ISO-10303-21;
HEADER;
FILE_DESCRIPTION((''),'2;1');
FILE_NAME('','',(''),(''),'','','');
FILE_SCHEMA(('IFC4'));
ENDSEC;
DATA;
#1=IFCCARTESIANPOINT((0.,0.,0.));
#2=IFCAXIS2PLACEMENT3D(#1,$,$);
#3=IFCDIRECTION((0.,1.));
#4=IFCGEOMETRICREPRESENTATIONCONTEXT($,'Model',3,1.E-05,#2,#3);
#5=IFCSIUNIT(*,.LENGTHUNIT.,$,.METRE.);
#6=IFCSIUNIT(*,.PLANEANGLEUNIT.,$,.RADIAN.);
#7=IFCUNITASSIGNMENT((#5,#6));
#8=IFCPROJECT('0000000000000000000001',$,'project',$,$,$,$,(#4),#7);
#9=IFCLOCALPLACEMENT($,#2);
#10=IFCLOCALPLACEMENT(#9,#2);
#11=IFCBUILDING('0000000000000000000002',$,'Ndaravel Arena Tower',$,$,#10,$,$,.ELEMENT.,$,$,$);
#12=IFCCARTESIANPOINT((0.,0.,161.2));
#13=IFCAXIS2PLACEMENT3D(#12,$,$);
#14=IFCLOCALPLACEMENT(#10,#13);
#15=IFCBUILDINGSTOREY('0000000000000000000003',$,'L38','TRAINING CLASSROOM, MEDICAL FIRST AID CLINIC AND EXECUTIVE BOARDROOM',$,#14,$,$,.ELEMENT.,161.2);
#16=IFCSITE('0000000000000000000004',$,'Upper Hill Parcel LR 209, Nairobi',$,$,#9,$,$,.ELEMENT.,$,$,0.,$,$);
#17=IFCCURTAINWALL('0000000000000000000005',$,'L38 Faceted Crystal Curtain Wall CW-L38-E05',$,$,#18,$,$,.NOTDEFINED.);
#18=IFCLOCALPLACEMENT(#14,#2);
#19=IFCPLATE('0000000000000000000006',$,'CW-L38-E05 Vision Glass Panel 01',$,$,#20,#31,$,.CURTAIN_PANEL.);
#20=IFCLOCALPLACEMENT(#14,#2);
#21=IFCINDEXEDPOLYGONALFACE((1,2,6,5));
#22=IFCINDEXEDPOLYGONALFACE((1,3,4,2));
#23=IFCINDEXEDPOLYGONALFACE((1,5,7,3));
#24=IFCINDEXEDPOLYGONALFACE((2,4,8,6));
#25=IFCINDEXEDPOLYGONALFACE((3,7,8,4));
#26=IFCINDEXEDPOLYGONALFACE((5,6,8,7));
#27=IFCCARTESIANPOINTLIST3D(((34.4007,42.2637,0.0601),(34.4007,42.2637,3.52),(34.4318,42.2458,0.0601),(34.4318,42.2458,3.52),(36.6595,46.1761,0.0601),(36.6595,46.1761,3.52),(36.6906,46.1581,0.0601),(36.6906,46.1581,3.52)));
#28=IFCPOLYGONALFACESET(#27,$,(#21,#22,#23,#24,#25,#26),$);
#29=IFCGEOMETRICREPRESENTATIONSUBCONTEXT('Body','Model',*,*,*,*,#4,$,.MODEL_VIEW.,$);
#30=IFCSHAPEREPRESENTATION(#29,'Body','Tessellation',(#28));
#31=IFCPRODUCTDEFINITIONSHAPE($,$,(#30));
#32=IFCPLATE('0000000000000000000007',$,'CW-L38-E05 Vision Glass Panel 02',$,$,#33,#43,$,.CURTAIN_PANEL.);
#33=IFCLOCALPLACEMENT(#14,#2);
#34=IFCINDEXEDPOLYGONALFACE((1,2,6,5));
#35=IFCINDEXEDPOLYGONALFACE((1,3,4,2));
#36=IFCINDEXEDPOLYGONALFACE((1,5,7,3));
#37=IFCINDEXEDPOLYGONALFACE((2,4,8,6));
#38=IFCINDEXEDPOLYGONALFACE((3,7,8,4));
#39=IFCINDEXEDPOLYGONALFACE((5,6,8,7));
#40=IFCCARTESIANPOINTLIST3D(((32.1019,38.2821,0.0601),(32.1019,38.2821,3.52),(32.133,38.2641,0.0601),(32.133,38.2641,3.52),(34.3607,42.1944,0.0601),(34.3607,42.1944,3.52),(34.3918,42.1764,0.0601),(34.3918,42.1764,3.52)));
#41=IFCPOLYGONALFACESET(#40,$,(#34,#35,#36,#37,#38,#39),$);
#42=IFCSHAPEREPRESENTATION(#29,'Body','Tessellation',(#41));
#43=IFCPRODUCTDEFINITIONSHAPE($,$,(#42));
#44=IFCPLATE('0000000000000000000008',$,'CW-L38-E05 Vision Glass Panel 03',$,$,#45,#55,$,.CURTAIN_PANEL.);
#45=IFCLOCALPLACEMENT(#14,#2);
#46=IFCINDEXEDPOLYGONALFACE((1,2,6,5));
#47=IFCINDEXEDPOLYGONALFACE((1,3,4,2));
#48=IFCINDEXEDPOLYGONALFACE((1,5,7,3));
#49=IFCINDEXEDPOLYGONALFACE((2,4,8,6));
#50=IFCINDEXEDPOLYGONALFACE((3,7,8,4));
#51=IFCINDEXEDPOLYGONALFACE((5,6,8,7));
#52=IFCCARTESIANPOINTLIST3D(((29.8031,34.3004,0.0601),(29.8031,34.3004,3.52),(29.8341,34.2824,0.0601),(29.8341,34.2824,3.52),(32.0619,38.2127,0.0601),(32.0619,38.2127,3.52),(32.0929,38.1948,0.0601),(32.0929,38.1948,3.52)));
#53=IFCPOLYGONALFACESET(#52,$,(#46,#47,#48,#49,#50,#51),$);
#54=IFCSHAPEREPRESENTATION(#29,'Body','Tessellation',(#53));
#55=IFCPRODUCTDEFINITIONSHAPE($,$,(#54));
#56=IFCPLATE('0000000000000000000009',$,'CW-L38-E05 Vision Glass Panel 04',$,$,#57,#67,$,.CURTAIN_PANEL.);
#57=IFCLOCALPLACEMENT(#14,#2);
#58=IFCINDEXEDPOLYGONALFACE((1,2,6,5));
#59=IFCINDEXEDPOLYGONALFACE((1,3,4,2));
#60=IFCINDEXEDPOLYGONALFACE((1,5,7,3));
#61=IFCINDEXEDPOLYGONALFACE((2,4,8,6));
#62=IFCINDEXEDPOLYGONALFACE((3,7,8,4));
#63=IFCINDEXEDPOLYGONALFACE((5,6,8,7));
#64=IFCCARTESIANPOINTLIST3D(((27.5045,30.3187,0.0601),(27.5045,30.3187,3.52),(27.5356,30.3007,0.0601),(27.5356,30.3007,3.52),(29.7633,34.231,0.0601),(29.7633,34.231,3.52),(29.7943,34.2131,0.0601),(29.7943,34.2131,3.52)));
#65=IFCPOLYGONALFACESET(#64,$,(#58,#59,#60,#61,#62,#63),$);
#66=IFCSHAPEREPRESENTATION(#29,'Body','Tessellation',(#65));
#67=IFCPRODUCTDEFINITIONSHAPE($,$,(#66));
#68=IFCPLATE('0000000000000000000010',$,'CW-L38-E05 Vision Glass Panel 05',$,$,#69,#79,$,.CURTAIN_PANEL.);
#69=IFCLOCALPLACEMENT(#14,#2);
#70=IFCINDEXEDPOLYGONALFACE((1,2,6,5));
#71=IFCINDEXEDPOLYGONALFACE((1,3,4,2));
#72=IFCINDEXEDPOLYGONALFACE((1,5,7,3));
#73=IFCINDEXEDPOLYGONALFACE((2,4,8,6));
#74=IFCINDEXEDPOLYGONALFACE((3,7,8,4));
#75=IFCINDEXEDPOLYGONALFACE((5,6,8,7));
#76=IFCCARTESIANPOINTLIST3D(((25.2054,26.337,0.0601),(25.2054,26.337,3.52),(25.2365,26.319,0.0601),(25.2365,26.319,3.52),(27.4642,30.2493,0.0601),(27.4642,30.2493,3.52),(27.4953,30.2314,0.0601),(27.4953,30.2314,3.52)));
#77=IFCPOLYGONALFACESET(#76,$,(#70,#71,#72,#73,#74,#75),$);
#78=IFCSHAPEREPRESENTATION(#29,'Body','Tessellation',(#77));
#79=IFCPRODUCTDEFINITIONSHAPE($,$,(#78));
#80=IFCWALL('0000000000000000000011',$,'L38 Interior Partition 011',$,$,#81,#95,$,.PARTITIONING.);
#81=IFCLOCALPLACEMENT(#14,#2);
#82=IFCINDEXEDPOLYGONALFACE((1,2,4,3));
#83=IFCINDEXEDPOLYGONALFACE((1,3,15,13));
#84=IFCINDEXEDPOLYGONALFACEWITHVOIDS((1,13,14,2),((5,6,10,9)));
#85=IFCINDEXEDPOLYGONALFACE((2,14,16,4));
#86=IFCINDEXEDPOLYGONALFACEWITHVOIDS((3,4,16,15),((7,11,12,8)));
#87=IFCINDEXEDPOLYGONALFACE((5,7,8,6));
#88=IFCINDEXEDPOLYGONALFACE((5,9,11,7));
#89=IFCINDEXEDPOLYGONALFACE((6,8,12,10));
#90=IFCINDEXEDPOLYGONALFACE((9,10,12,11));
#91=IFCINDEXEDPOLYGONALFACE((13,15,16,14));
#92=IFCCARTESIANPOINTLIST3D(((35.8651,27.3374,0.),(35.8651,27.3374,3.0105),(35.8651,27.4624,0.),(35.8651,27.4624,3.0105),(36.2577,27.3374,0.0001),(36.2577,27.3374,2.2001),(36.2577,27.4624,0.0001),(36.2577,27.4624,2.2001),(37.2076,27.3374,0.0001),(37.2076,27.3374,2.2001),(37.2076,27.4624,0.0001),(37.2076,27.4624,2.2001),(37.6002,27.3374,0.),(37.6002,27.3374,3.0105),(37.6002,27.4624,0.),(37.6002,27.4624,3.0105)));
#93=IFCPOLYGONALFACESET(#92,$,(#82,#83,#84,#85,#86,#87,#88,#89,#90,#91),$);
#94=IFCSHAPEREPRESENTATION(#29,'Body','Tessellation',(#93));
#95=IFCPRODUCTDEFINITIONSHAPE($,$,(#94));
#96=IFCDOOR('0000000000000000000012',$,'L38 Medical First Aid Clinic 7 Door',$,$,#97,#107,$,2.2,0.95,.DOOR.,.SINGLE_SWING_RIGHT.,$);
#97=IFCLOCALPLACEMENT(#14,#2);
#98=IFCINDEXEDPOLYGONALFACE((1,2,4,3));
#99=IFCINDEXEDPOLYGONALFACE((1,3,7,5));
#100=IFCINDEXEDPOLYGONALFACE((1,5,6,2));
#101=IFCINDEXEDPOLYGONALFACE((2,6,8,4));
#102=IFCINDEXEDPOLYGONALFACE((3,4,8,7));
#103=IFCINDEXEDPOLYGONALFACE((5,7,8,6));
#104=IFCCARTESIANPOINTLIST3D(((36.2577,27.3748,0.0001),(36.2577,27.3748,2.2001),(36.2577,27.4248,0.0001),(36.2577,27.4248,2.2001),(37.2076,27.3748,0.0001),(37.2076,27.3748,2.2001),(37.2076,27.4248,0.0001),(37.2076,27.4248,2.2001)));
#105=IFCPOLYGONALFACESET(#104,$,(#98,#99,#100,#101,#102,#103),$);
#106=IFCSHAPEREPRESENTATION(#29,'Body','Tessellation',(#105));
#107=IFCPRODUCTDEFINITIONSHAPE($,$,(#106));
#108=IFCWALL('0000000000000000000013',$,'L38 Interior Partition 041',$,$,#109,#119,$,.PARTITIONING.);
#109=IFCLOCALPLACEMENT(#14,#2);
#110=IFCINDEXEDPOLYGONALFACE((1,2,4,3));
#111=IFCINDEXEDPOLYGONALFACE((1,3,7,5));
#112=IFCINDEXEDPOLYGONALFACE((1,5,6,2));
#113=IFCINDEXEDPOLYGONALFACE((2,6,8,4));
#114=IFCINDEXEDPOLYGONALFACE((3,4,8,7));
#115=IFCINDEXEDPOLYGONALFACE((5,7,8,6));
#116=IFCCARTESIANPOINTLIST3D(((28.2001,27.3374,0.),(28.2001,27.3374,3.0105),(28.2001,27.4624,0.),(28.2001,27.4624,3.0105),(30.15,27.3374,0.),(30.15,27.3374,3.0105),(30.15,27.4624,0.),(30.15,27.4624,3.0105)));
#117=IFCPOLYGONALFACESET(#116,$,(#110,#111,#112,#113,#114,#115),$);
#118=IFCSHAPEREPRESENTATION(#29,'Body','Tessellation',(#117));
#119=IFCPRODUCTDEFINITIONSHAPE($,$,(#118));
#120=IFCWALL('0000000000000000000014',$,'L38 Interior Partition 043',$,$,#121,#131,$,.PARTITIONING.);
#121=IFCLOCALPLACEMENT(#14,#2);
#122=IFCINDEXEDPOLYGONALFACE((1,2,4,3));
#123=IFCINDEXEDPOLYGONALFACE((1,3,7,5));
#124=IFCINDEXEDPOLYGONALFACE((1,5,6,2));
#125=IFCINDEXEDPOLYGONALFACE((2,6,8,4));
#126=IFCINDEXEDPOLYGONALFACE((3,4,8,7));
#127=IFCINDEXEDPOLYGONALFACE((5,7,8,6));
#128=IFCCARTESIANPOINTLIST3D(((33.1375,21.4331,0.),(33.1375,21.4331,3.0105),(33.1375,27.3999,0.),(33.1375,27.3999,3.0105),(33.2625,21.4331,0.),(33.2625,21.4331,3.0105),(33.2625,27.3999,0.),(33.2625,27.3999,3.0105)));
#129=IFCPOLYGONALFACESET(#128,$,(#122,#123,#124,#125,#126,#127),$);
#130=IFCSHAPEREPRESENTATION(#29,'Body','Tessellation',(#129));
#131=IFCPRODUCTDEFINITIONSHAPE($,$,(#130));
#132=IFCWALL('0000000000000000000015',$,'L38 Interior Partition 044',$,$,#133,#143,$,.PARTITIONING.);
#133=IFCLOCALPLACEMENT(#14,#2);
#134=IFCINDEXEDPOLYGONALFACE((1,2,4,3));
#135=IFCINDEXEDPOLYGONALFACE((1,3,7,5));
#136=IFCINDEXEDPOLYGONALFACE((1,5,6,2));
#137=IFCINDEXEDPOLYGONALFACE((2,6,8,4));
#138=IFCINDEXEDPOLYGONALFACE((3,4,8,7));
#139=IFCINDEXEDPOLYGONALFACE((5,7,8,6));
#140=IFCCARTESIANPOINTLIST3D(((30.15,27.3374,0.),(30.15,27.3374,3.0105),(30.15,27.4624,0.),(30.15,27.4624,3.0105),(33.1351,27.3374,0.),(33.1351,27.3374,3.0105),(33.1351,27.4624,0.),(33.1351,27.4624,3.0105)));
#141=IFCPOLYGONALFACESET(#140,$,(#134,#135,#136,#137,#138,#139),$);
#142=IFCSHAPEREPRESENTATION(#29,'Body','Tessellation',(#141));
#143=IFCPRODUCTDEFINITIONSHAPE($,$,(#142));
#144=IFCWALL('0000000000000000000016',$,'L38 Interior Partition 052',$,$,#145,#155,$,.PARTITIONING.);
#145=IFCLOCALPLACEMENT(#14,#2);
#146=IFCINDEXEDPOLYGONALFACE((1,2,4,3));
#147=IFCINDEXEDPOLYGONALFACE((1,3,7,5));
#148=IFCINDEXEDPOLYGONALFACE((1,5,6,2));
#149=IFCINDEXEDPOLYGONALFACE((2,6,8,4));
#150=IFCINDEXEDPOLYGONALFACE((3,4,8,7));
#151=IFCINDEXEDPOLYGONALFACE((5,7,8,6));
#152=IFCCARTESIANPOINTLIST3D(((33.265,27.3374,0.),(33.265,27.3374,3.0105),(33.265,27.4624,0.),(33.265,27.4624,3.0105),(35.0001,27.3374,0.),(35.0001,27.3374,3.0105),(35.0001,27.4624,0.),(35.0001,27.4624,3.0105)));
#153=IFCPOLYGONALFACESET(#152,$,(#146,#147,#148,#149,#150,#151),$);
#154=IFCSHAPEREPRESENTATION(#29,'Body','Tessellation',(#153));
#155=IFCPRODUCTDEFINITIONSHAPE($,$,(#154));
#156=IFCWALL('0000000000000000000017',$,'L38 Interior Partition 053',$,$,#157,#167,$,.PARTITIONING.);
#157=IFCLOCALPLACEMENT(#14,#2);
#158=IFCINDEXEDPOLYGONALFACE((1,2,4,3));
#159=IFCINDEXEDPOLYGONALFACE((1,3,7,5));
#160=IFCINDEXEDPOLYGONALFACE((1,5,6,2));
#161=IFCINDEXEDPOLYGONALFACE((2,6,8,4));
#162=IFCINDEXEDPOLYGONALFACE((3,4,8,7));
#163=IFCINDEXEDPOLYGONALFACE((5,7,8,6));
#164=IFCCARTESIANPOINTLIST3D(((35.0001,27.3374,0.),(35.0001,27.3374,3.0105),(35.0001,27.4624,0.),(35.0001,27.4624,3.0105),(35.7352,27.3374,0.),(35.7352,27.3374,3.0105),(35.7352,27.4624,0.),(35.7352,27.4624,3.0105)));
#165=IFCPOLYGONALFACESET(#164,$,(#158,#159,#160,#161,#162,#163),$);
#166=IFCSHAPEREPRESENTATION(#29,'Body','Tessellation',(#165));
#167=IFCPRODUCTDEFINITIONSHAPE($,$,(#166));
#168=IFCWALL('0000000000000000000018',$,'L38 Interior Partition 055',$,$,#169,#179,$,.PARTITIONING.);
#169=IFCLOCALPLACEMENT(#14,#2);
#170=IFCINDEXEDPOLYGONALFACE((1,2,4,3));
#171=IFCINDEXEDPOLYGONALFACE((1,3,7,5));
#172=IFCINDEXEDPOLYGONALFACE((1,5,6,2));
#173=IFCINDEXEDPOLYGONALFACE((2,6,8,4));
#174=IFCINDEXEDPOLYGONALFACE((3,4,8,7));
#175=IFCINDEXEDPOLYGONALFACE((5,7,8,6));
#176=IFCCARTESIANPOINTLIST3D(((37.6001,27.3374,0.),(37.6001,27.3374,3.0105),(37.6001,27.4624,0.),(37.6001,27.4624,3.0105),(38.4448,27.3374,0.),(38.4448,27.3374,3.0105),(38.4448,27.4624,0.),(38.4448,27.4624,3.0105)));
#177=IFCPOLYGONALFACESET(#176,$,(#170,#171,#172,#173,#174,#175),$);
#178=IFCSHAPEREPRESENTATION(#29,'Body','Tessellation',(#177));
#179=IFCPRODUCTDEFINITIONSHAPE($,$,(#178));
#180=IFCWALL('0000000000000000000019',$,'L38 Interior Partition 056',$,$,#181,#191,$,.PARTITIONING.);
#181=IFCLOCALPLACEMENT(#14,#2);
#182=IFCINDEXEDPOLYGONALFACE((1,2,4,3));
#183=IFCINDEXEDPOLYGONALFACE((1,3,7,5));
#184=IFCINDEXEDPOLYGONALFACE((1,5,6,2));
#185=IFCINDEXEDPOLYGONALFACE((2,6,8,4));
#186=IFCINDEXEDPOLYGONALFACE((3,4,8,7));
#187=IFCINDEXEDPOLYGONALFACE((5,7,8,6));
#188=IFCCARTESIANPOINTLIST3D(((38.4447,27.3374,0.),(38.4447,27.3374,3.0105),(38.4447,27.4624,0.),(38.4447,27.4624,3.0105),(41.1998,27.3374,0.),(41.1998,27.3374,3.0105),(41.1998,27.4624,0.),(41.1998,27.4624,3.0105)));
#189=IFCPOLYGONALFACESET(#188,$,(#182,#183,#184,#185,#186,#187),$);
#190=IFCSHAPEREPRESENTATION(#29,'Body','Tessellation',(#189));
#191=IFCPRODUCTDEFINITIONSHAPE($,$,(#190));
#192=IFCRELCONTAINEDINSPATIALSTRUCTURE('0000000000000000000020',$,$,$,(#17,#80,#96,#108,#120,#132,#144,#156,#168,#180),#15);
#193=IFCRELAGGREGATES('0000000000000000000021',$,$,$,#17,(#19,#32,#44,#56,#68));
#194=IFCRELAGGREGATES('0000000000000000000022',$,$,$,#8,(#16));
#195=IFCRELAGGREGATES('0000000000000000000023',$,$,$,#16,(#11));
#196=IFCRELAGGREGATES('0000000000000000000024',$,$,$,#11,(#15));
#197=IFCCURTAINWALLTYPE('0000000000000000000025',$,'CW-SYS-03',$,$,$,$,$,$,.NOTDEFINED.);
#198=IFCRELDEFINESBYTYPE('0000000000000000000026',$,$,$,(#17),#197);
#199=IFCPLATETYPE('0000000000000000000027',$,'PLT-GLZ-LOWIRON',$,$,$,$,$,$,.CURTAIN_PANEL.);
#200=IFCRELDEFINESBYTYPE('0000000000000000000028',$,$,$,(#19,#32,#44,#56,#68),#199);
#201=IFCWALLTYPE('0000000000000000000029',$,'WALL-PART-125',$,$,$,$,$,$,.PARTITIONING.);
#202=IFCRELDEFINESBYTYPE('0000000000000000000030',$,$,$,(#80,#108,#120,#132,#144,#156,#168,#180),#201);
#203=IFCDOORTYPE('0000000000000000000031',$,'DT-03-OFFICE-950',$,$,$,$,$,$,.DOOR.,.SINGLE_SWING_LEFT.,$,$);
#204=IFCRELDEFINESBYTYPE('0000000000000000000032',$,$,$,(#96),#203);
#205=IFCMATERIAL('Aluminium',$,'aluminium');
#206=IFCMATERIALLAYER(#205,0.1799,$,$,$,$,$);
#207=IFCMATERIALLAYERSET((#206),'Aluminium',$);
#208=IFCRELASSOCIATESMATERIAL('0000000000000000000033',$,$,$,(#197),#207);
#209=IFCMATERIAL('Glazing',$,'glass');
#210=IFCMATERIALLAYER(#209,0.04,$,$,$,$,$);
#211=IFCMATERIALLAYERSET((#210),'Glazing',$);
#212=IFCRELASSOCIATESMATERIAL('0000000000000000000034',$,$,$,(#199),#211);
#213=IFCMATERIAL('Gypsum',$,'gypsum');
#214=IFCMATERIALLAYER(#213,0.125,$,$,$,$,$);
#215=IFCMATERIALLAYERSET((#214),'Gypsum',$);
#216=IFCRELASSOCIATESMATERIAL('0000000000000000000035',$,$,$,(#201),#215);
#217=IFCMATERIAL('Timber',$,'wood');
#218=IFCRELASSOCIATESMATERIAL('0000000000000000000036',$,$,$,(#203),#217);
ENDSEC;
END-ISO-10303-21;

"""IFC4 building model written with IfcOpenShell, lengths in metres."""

from ifc_helpers import new_model, si_unit, direction, frame, frame_2d, origin, origin_2d, place, context, subcontext, project, spatial, rectangle, extrude, material, layer, layer_set, type_object, element, fill, aggregate, save


model = new_model("IFC4")

# Units and contexts
model_context = context("Model", 3, precision=1e-05, world=origin(), true_north=direction((0.0, 1.0)))
body_context = subcontext(model_context, "Body", "Model", "MODEL_VIEW")
ifc_project = project(units=[si_unit("LENGTHUNIT", "METRE"), si_unit("PLANEANGLEUNIT", "RADIAN")], contexts=[model_context])

# Site, building, storey
site_placement = place(None, origin())
site = spatial("IfcSite", under=ifc_project, at=site_placement, Name="Upper Hill Parcel LR 209, Nairobi", CompositionType="ELEMENT", RefElevation=0.0)
building_placement = place(site_placement, origin())
building = spatial("IfcBuilding", under=site, at=building_placement, Name="Ndaravel Arena Tower", CompositionType="ELEMENT")
storey_placement = place(building_placement, frame((0.0, 0.0, 161.2)))
storey = spatial("IfcBuildingStorey", under=building, at=storey_placement, Name="L38", Description="TRAINING CLASSROOM, MEDICAL FIRST AID CLINIC AND EXECUTIVE BOARDROOM", CompositionType="ELEMENT", Elevation=161.2)

# Curtain wall
ifc_material_1 = material(Name="Aluminium", Category="aluminium")
ifc_layer_1 = layer(ifc_material_1, 0.1799)
ifc_layer_set_1 = layer_set([ifc_layer_1], Name="Aluminium")
curtain_wall_type_1 = type_object("IfcCurtainWallType", Name="CW-SYS-03", PredefinedType="NOTDEFINED", material=ifc_layer_set_1)
curtain_wall_1_placement = place(storey_placement, origin())
curtain_wall_1 = element("IfcCurtainWall", 1, at=curtain_wall_1_placement, inside=storey, type_object=curtain_wall_type_1, Name="L38 Faceted Crystal Curtain Wall CW-L38-E05", PredefinedType="NOTDEFINED")

# Plates
ifc_material_2 = material(Name="Glazing", Category="glass")
ifc_layer_2 = layer(ifc_material_2, 0.04)
ifc_layer_set_2 = layer_set([ifc_layer_2], Name="Glazing")
plate_type_1 = type_object("IfcPlateType", Name="PLT-GLZ-LOWIRON", PredefinedType="CURTAIN_PANEL", material=ifc_layer_set_2)
plate_1_placement = place(storey_placement, frame((35.5457, 44.2109, 0.0601), z_axis=(0.0, 0.0, 1.0), x_axis=(-0.5, -0.866025, 0.0)))
plate_1 = element("IfcPlate", 2, at=plate_1_placement, type_object=plate_type_1, Name="CW-L38-E05 Vision Glass Panel 01", PredefinedType="CURTAIN_PANEL", context=body_context, shape_type="SweptSolid", body=[
    extrude(rectangle(XDim=4.5176, YDim=0.0359, at=origin_2d()), origin(), (0.0, 0.0, 1.0), 3.46),
])
plate_2_placement = place(storey_placement, frame((33.2468, 40.2292, 0.0601), z_axis=(0.0, 0.0, 1.0), x_axis=(-0.5, -0.866025, 0.0)))
plate_2 = element("IfcPlate", 3, at=plate_2_placement, type_object=plate_type_1, Name="CW-L38-E05 Vision Glass Panel 02", PredefinedType="CURTAIN_PANEL", context=body_context, shape_type="SweptSolid", body=[
    extrude(rectangle(XDim=4.5176, YDim=0.0359, at=origin_2d()), origin(), (0.0, 0.0, 1.0), 3.46),
])
plate_3_placement = place(storey_placement, frame((30.948, 36.2476, 0.0601), z_axis=(0.0, 0.0, 1.0), x_axis=(-0.5, -0.866025, 0.0)))
plate_3 = element("IfcPlate", 4, at=plate_3_placement, type_object=plate_type_1, Name="CW-L38-E05 Vision Glass Panel 03", PredefinedType="CURTAIN_PANEL", context=body_context, shape_type="SweptSolid", body=[
    extrude(rectangle(XDim=4.5176, YDim=0.0359, at=origin_2d()), origin(), (0.0, 0.0, 1.0), 3.46),
])
plate_4_placement = place(storey_placement, frame((28.6494, 32.2659, 0.0601), z_axis=(0.0, 0.0, 1.0), x_axis=(-0.5, -0.866025, 0.0)))
plate_4 = element("IfcPlate", 5, at=plate_4_placement, type_object=plate_type_1, Name="CW-L38-E05 Vision Glass Panel 04", PredefinedType="CURTAIN_PANEL", context=body_context, shape_type="SweptSolid", body=[
    extrude(rectangle(XDim=4.5176, YDim=0.0359, at=origin_2d()), origin(), (0.0, 0.0, 1.0), 3.46),
])
plate_5_placement = place(storey_placement, frame((26.3503, 28.2842, 0.0601), z_axis=(0.0, 0.0, 1.0), x_axis=(-0.5, -0.866025, 0.0)))
plate_5 = element("IfcPlate", 6, at=plate_5_placement, type_object=plate_type_1, Name="CW-L38-E05 Vision Glass Panel 05", PredefinedType="CURTAIN_PANEL", context=body_context, shape_type="SweptSolid", body=[
    extrude(rectangle(XDim=4.5176, YDim=0.0359, at=origin_2d()), origin(), (0.0, 0.0, 1.0), 3.46),
])
aggregate(curtain_wall_1, [plate_1, plate_2, plate_3, plate_4, plate_5])

# Wall, opening, door
ifc_material_3 = material(Name="Gypsum", Category="gypsum")
ifc_layer_3 = layer(ifc_material_3, 0.125)
ifc_layer_set_3 = layer_set([ifc_layer_3], Name="Gypsum")
wall_type = type_object("IfcWallType", Name="WALL-PART-125", PredefinedType="PARTITIONING", material=ifc_layer_set_3)
wall_1_placement = place(storey_placement, frame((35.865, 27.3999, 0.0), z_axis=(0.0, 0.0, 1.0), x_axis=(1.0, 0.0, 0.0)))
wall_1 = element("IfcWall", 7, at=wall_1_placement, inside=storey, type_object=wall_type, Name="L38 Interior Partition 011", PredefinedType="PARTITIONING", context=body_context, shape_type="SweptSolid", body=[
    extrude(rectangle(XDim=1.7351, YDim=0.125, at=frame_2d((0.8677, 0.0))), origin(), (0.0, 0.0, 1.0), 3.0105),
])
opening_placement = place(wall_1_placement, frame((0.3926, 0.0, 0.0)))
opening = element("IfcOpeningElement", 8, at=opening_placement, cuts=wall_1, PredefinedType="OPENING", context=body_context, shape_type="SweptSolid", body=[
    extrude(rectangle(XDim=0.95, YDim=2.2, at=frame_2d((0.4751, 1.1001))), frame((0.0, 0.0625, 0.0), z_axis=(0.0, -1.0, 0.0), x_axis=(1.0, 0.0, 0.0)), (0.0, 0.0, 1.0), 0.125),
])
ifc_material_4 = material(Name="Timber", Category="wood")
door_type = type_object("IfcDoorType", Name="DT-03-OFFICE-950", OperationType="SINGLE_SWING_LEFT", PredefinedType="DOOR", material=ifc_material_4)
door_placement = place(opening_placement, origin())
door = element("IfcDoor", 9, at=door_placement, inside=storey, type_object=door_type, Name="L38 Medical First Aid Clinic 7 Door", OperationType="SINGLE_SWING_RIGHT", OverallHeight=2.2, OverallWidth=0.95, PredefinedType="DOOR", context=body_context, shape_type="SweptSolid", body=[
    extrude(rectangle(XDim=0.95, YDim=2.2, at=frame_2d((0.4751, 1.1001))), frame((0.0, 0.0249, 0.0), z_axis=(0.0, -1.0, 0.0), x_axis=(1.0, 0.0, 0.0)), (0.0, 0.0, 1.0), 0.05),
])
fill(opening, door)

# Walls
wall_2_placement = place(storey_placement, frame((28.2, 27.3999, 0.0), z_axis=(0.0, 0.0, 1.0), x_axis=(1.0, 0.0, 0.0)))
element("IfcWall", 10, at=wall_2_placement, inside=storey, type_object=wall_type, Name="L38 Interior Partition 041", PredefinedType="PARTITIONING", context=body_context, shape_type="SweptSolid", body=[
    extrude(rectangle(XDim=1.95, YDim=0.125, at=frame_2d((0.9751, 0.0))), origin(), (0.0, 0.0, 1.0), 3.0105),
])
wall_3_placement = place(storey_placement, frame((33.2, 27.3999, 0.0), z_axis=(0.0, 0.0, 1.0), x_axis=(0.0, -1.0, 0.0)))
element("IfcWall", 11, at=wall_3_placement, inside=storey, type_object=wall_type, Name="L38 Interior Partition 043", PredefinedType="PARTITIONING", context=body_context, shape_type="SweptSolid", body=[
    extrude(rectangle(XDim=5.9668, YDim=0.125, at=frame_2d((2.9834, 0.0))), origin(), (0.0, 0.0, 1.0), 3.0105),
])
wall_4_placement = place(storey_placement, frame((30.1499, 27.3999, 0.0), z_axis=(0.0, 0.0, 1.0), x_axis=(1.0, 0.0, 0.0)))
element("IfcWall", 12, at=wall_4_placement, inside=storey, type_object=wall_type, Name="L38 Interior Partition 044", PredefinedType="PARTITIONING", context=body_context, shape_type="SweptSolid", body=[
    extrude(rectangle(XDim=2.9851, YDim=0.125, at=frame_2d((1.4927, 0.0))), origin(), (0.0, 0.0, 1.0), 3.0105),
])
wall_5_placement = place(storey_placement, frame((33.2649, 27.3999, 0.0), z_axis=(0.0, 0.0, 1.0), x_axis=(1.0, 0.0, 0.0)))
element("IfcWall", 13, at=wall_5_placement, inside=storey, type_object=wall_type, Name="L38 Interior Partition 052", PredefinedType="PARTITIONING", context=body_context, shape_type="SweptSolid", body=[
    extrude(rectangle(XDim=1.7351, YDim=0.125, at=frame_2d((0.8677, 0.0))), origin(), (0.0, 0.0, 1.0), 3.0105),
])
wall_6_placement = place(storey_placement, frame((35.0, 27.3999, 0.0), z_axis=(0.0, 0.0, 1.0), x_axis=(1.0, 0.0, 0.0)))
element("IfcWall", 14, at=wall_6_placement, inside=storey, type_object=wall_type, Name="L38 Interior Partition 053", PredefinedType="PARTITIONING", context=body_context, shape_type="SweptSolid", body=[
    extrude(rectangle(XDim=0.7351, YDim=0.125, at=frame_2d((0.3677, 0.0))), origin(), (0.0, 0.0, 1.0), 3.0105),
])
wall_7_placement = place(storey_placement, frame((37.6001, 27.3999, 0.0), z_axis=(0.0, 0.0, 1.0), x_axis=(1.0, 0.0, 0.0)))
element("IfcWall", 15, at=wall_7_placement, inside=storey, type_object=wall_type, Name="L38 Interior Partition 055", PredefinedType="PARTITIONING", context=body_context, shape_type="SweptSolid", body=[
    extrude(rectangle(XDim=0.8447, YDim=0.125, at=frame_2d((0.4224, 0.0))), origin(), (0.0, 0.0, 1.0), 3.0105),
])
wall_8_placement = place(storey_placement, frame((38.4448, 27.3999, 0.0), z_axis=(0.0, 0.0, 1.0), x_axis=(1.0, 0.0, 0.0)))
element("IfcWall", 16, at=wall_8_placement, inside=storey, type_object=wall_type, Name="L38 Interior Partition 056", PredefinedType="PARTITIONING", context=body_context, shape_type="SweptSolid", body=[
    extrude(rectangle(XDim=2.7551, YDim=0.125, at=frame_2d((1.3774, 0.0))), origin(), (0.0, 0.0, 1.0), 3.0105),
])

save(model, "model.ifc")
